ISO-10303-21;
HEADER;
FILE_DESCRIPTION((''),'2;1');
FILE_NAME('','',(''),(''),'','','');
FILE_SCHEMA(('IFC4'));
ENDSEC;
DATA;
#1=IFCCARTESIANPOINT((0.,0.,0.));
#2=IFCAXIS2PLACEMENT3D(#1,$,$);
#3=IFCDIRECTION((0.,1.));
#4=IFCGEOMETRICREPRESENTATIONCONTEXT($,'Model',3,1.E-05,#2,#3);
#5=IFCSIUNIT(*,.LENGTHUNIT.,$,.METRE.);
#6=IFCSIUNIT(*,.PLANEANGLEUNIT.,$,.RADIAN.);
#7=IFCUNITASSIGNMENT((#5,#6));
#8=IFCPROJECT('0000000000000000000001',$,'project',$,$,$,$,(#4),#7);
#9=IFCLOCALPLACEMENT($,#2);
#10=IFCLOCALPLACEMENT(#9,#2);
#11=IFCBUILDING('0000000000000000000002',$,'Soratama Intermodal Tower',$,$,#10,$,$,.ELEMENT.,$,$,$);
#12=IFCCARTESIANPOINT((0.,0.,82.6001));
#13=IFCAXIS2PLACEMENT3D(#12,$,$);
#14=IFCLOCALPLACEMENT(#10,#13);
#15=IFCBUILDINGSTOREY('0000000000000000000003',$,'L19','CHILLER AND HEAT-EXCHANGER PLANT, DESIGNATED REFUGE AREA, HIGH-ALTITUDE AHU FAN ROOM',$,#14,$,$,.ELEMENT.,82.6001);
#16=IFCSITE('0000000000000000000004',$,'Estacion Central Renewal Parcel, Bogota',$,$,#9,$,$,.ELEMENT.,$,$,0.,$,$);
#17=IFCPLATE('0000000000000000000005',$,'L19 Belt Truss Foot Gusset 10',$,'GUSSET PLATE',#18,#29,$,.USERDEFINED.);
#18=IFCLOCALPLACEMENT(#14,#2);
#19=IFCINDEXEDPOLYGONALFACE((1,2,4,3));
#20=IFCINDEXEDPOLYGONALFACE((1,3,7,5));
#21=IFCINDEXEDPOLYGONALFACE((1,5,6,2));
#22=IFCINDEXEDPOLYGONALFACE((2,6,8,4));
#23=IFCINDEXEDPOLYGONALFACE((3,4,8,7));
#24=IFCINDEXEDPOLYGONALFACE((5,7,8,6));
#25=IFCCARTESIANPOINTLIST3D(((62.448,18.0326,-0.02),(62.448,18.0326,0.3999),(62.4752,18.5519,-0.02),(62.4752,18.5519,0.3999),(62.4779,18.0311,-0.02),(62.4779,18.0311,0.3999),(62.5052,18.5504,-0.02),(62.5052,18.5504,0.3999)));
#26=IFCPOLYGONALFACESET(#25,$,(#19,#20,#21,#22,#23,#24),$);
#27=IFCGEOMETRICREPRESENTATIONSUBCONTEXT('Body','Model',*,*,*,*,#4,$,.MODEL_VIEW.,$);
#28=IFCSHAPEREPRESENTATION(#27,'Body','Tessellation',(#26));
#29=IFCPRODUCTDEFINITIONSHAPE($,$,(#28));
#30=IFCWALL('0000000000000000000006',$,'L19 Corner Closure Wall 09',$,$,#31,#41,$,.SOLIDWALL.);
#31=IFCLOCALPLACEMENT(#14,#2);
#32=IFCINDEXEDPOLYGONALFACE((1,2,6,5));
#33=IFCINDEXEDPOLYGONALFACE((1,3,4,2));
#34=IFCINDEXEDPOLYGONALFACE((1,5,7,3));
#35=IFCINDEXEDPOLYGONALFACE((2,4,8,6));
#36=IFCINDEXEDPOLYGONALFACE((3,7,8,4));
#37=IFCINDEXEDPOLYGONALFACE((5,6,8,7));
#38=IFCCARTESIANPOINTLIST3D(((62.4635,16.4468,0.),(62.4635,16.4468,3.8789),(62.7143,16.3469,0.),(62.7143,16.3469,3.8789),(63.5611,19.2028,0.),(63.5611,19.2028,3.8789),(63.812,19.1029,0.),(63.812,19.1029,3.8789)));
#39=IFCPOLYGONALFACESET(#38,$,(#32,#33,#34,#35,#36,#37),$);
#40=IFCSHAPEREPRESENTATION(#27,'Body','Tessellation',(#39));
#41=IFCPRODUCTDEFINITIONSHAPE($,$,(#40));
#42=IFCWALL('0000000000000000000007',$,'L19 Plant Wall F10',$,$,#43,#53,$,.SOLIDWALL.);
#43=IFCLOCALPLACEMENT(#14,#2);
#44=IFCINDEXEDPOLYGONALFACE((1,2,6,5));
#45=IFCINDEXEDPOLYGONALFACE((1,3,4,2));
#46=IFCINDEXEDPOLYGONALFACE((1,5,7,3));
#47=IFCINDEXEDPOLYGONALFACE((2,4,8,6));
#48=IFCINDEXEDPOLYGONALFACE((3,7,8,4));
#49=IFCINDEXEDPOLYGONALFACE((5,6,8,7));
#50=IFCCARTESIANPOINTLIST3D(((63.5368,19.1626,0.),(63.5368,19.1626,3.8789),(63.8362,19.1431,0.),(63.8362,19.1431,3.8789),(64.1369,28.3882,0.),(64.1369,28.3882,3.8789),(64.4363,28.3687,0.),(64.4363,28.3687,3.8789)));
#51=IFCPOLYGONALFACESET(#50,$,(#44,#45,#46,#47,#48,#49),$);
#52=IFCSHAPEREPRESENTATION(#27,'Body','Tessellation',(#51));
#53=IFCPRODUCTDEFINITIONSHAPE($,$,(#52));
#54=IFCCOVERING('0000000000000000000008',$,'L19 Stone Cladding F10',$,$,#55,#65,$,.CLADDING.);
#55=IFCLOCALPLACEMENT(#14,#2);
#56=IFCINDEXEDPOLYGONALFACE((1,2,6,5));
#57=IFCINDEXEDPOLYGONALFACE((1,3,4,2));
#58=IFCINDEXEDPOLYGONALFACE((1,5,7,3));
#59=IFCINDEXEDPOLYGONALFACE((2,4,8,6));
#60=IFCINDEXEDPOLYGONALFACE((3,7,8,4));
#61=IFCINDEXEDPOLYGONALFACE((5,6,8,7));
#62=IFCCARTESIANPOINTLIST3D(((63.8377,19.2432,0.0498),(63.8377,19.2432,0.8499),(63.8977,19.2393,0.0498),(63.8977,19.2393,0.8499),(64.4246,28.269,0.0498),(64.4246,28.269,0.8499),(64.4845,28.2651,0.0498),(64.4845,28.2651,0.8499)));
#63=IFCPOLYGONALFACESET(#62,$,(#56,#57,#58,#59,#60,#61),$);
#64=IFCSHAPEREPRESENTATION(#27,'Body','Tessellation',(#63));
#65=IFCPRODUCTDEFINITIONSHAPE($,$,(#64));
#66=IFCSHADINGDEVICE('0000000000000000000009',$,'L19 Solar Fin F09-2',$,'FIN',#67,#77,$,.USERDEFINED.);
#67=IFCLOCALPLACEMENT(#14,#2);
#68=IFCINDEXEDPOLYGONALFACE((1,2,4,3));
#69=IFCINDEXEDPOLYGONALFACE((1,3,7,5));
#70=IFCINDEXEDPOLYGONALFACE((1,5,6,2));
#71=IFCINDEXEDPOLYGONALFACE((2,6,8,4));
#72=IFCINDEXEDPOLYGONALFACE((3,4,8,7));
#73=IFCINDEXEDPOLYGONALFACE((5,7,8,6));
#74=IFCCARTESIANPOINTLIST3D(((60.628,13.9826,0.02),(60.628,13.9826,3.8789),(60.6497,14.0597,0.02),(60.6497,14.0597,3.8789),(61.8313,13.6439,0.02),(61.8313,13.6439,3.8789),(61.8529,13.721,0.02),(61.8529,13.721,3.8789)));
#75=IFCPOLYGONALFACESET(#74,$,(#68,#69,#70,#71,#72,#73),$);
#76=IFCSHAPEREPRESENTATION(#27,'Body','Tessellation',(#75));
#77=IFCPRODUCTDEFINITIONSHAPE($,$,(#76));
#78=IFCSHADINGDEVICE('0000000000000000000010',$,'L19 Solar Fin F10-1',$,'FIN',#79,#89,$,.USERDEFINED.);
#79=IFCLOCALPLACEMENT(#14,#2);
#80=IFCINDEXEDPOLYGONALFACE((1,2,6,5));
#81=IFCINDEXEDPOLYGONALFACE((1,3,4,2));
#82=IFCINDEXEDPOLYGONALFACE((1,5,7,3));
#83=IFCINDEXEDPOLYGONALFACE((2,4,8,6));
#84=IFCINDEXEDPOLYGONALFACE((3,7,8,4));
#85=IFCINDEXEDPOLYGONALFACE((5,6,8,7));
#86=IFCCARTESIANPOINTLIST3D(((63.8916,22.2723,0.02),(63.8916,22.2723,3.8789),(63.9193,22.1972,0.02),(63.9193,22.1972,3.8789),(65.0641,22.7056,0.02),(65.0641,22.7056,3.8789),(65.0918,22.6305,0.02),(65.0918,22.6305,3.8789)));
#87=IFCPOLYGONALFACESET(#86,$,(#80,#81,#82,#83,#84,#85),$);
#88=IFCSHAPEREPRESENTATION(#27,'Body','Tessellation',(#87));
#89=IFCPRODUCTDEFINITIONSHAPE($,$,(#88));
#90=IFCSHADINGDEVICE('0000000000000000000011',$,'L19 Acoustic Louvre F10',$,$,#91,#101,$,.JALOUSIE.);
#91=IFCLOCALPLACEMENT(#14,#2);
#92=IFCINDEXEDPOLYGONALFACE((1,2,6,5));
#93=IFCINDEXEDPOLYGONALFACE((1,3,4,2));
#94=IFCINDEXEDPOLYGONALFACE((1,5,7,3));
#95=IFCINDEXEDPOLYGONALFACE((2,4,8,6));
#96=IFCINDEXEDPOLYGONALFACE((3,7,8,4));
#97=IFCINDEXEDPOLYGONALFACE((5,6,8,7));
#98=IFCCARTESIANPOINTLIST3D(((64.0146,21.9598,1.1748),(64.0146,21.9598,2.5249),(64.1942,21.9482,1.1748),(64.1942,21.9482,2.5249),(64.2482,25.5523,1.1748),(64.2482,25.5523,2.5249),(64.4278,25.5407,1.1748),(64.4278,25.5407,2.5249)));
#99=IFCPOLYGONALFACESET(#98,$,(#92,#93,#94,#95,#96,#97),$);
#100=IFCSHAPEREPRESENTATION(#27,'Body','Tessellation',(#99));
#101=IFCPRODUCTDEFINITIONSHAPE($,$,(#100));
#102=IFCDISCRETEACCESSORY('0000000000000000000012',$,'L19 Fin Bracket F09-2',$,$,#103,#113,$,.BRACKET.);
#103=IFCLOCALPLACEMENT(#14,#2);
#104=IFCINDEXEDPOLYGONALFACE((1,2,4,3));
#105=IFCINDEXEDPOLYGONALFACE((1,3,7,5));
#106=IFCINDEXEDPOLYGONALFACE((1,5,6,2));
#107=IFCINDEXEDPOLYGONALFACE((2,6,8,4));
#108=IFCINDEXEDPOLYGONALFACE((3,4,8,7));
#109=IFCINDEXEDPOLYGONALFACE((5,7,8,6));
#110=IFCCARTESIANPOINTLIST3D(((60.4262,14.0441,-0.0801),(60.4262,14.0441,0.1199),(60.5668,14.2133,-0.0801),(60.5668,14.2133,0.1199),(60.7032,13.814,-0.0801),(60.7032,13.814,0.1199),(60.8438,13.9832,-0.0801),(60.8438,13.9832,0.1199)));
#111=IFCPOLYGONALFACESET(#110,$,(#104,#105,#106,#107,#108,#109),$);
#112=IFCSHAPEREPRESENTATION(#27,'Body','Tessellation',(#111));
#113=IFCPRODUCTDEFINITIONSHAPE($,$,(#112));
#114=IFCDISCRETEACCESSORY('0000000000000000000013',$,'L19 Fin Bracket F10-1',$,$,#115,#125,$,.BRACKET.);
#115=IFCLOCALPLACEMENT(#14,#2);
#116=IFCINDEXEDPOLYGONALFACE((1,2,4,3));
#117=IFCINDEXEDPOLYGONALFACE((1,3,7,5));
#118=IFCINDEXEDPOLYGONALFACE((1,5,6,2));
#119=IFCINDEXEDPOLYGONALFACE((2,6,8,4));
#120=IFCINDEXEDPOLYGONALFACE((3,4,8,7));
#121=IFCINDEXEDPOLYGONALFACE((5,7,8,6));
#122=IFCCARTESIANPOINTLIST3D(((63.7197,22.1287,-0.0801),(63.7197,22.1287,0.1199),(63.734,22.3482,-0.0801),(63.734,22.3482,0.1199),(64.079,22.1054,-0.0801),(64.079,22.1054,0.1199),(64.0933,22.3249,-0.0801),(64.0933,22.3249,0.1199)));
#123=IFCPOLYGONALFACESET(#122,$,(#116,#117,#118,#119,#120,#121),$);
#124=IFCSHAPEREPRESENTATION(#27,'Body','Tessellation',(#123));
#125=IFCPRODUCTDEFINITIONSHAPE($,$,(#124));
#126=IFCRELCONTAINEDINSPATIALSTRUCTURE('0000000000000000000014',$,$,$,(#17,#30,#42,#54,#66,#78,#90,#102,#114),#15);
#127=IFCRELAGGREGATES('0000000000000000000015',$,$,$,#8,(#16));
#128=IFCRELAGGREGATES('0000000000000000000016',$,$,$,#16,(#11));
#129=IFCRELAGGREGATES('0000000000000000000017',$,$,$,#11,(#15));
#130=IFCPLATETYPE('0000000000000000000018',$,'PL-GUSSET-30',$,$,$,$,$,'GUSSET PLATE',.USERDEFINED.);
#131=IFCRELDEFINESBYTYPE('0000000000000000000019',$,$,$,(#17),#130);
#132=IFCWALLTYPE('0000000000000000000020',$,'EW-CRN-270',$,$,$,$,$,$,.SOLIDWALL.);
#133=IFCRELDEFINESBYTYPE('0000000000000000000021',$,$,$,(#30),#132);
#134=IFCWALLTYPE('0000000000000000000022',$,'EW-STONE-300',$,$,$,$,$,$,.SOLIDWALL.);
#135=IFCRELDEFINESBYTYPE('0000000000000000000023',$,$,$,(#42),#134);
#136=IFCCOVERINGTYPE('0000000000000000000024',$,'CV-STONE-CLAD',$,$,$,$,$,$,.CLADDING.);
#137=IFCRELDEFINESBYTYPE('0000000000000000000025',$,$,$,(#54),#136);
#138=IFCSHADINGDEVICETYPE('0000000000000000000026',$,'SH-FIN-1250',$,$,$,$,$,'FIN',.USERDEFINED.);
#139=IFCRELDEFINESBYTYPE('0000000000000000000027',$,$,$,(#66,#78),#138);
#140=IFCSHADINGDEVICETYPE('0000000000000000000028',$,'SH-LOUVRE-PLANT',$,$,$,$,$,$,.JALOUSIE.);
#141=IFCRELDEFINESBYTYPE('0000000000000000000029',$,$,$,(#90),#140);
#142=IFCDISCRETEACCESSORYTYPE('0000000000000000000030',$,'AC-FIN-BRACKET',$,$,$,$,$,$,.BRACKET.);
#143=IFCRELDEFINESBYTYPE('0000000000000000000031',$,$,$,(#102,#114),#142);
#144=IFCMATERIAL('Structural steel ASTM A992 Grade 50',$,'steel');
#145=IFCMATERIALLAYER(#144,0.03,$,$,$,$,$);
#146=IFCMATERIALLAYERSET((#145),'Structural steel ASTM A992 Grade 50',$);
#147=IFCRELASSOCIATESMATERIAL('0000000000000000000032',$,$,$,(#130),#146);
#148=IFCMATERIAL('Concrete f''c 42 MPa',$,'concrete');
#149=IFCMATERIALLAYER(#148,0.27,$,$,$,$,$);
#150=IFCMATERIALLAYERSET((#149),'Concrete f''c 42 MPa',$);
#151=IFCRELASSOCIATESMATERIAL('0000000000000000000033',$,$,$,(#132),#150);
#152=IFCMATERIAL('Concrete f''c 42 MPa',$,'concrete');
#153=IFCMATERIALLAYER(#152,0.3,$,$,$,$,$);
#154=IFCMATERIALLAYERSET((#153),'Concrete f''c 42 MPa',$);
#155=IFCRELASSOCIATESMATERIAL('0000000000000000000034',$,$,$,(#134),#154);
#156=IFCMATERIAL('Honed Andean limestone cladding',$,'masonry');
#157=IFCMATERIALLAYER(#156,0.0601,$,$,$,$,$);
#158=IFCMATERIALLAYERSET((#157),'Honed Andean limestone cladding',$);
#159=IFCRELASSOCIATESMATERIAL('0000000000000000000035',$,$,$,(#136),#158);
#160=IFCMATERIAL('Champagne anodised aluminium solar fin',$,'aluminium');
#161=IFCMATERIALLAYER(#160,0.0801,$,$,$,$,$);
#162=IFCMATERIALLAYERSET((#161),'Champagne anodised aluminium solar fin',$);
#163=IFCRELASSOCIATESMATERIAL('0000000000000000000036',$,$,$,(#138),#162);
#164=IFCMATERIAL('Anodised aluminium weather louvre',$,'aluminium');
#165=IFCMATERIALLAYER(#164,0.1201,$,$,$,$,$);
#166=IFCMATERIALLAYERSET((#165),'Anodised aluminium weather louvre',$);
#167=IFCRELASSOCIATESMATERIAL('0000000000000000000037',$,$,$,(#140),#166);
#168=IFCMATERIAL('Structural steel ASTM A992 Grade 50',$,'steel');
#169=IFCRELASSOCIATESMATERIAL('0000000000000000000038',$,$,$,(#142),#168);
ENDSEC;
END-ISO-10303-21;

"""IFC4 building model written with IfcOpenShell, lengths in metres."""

from ifc_helpers import new_model, si_unit, direction, frame, frame_2d, origin, origin_2d, place, context, subcontext, project, spatial, rectangle, extrude, material, layer, layer_set, type_object, element, save


model = new_model("IFC4")

# Units and contexts
model_context = context("Model", 3, precision=1e-05, world=origin(), true_north=direction((0.0, 1.0)))
body_context = subcontext(model_context, "Body", "Model", "MODEL_VIEW")
ifc_project = project(units=[si_unit("LENGTHUNIT", "METRE"), si_unit("PLANEANGLEUNIT", "RADIAN")], contexts=[model_context])

# Site, building, storey
site_placement = place(None, origin())
site = spatial("IfcSite", under=ifc_project, at=site_placement, Name="Estacion Central Renewal Parcel, Bogota", CompositionType="ELEMENT", RefElevation=0.0)
building_placement = place(site_placement, origin())
building = spatial("IfcBuilding", under=site, at=building_placement, Name="Soratama Intermodal Tower", CompositionType="ELEMENT")
storey_placement = place(building_placement, frame((0.0, 0.0, 82.6001)))
storey = spatial("IfcBuildingStorey", under=building, at=storey_placement, Name="L19", Description="CHILLER AND HEAT-EXCHANGER PLANT, DESIGNATED REFUGE AREA, HIGH-ALTITUDE AHU FAN ROOM", CompositionType="ELEMENT", Elevation=82.6001)

# Plate
ifc_material_1 = material(Name="Structural steel ASTM A992 Grade 50", Category="steel")
ifc_layer_1 = layer(ifc_material_1, 0.03)
ifc_layer_set_1 = layer_set([ifc_layer_1], Name="Structural steel ASTM A992 Grade 50")
plate_type = type_object("IfcPlateType", Name="PL-GUSSET-30", ElementType="GUSSET PLATE", PredefinedType="USERDEFINED", material=ifc_layer_set_1)
plate_placement = place(storey_placement, frame((62.4766, 18.2915, -0.02), z_axis=(0.0, 0.0, 1.0), x_axis=(0.052336, 0.99863, 0.0)))
element("IfcPlate", 1, at=plate_placement, inside=storey, type_object=plate_type, Name="L19 Belt Truss Foot Gusset 10", ObjectType="GUSSET PLATE", PredefinedType="USERDEFINED", context=body_context, shape_type="SweptSolid", body=[
    extrude(rectangle(XDim=0.52, YDim=0.03, at=origin_2d()), origin(), (0.0, 0.0, 1.0), 0.4199),
])

# Walls
ifc_material_2 = material(Name="Concrete f'c 42 MPa", Category="concrete")
ifc_layer_2 = layer(ifc_material_2, 0.27)
ifc_layer_set_2 = layer_set([ifc_layer_2], Name="Concrete f'c 42 MPa")
wall_type_1 = type_object("IfcWallType", Name="EW-CRN-270", PredefinedType="SOLIDWALL", material=ifc_layer_set_2)
wall_1_placement = place(storey_placement, frame((62.5889, 16.3967, 0.0), z_axis=(0.0, 0.0, 1.0), x_axis=(0.37, 0.929032, 0.0)))
element("IfcWall", 2, at=wall_1_placement, inside=storey, type_object=wall_type_1, Name="L19 Corner Closure Wall 09", PredefinedType="SOLIDWALL", context=body_context, shape_type="SweptSolid", body=[
    extrude(rectangle(XDim=2.9666, YDim=0.27, at=frame_2d((1.4834, 0.0))), origin(), (0.0, 0.0, 1.0), 3.8789),
])
ifc_material_3 = material(Name="Concrete f'c 42 MPa", Category="concrete")
ifc_layer_3 = layer(ifc_material_3, 0.3)
ifc_layer_set_3 = layer_set([ifc_layer_3], Name="Concrete f'c 42 MPa")
wall_type_2 = type_object("IfcWallType", Name="EW-STONE-300", PredefinedType="SOLIDWALL", material=ifc_layer_set_3)
wall_2_placement = place(storey_placement, frame((63.6865, 19.1528, 0.0), z_axis=(0.0, 0.0, 1.0), x_axis=(0.06491, 0.997891, 0.0)))
element("IfcWall", 3, at=wall_2_placement, inside=storey, type_object=wall_type_2, Name="L19 Plant Wall F10", PredefinedType="SOLIDWALL", context=body_context, shape_type="SweptSolid", body=[
    extrude(rectangle(XDim=9.2451, YDim=0.3, at=frame_2d((4.6226, 0.0))), origin(), (0.0, 0.0, 1.0), 3.8789),
])

# Covering
ifc_material_4 = material(Name="Honed Andean limestone cladding", Category="masonry")
ifc_layer_4 = layer(ifc_material_4, 0.0601)
ifc_layer_set_4 = layer_set([ifc_layer_4], Name="Honed Andean limestone cladding")
covering_type = type_object("IfcCoveringType", Name="CV-STONE-CLAD", PredefinedType="CLADDING", material=ifc_layer_set_4)
covering_placement = place(storey_placement, frame((64.1611, 23.7542, 0.0498), z_axis=(0.0, 0.0, 1.0), x_axis=(0.064881, 0.997893, 0.0)))
element("IfcCovering", 4, at=covering_placement, inside=storey, type_object=covering_type, Name="L19 Stone Cladding F10", PredefinedType="CLADDING", context=body_context, shape_type="SweptSolid", body=[
    extrude(rectangle(XDim=9.0449, YDim=0.0601, at=origin_2d()), origin(), (0.0, 0.0, 1.0), 0.8),
])

# Shading devices
ifc_material_5 = material(Name="Champagne anodised aluminium solar fin", Category="aluminium")
ifc_layer_5 = layer(ifc_material_5, 0.0801)
ifc_layer_set_5 = layer_set([ifc_layer_5], Name="Champagne anodised aluminium solar fin")
shading_device_type_1 = type_object("IfcShadingDeviceType", Name="SH-FIN-1250", ElementType="FIN", PredefinedType="USERDEFINED", material=ifc_layer_set_5)
for number, where, z_axis, x_axis, name in (
    (5, (61.2405, 13.8518, 0.02), (0.0, 0.0, 1.0), (0.962597, -0.270936, 0.0), "L19 Solar Fin F09-2"),
    (6, (64.4917, 22.4514, 0.02), (0.0, 0.0, 1.0), (0.93801, 0.346608, 0.0), "L19 Solar Fin F10-1"),
):
    element("IfcShadingDevice", number, at=place(storey_placement, frame(where, z_axis=z_axis, x_axis=x_axis)), inside=storey, type_object=shading_device_type_1, Name=name, ObjectType="FIN", PredefinedType="USERDEFINED", context=body_context, shape_type="SweptSolid", body=[
        extrude(rectangle(XDim=1.25, YDim=0.0801, at=origin_2d()), origin(), (0.0, 0.0, 1.0), 3.8589),
    ])
ifc_material_6 = material(Name="Anodised aluminium weather louvre", Category="aluminium")
ifc_layer_6 = layer(ifc_material_6, 0.1201)
ifc_layer_set_6 = layer_set([ifc_layer_6], Name="Anodised aluminium weather louvre")
shading_device_type_2 = type_object("IfcShadingDeviceType", Name="SH-LOUVRE-PLANT", PredefinedType="JALOUSIE", material=ifc_layer_set_6)
shading_device_placement = place(storey_placement, frame((64.2212, 23.7502, 1.1748), z_axis=(0.0, 0.0, 1.0), x_axis=(0.064881, 0.997893, 0.0)))
element("IfcShadingDevice", 7, at=shading_device_placement, inside=storey, type_object=shading_device_type_2, Name="L19 Acoustic Louvre F10", PredefinedType="JALOUSIE", context=body_context, shape_type="SweptSolid", body=[
    extrude(rectangle(XDim=3.6001, YDim=0.1799, at=origin_2d()), origin(), (0.0, 0.0, 1.0), 1.3501),
])

# Discrete accessories
ifc_material_7 = material(Name="Structural steel ASTM A992 Grade 50", Category="steel")
discrete_accessory_type = type_object("IfcDiscreteAccessoryType", Name="AC-FIN-BRACKET", PredefinedType="BRACKET", material=ifc_material_7)
for number, where, z_axis, x_axis, name in (
    (8, (60.635, 14.0137, -0.0801), (0.0, 0.0, 1.0), (0.769177, -0.639036, 0.0), "L19 Fin Bracket F09-2"),
    (9, (63.9065, 22.2268, -0.0801), (0.0, 0.0, 1.0), (0.997893, -0.064881, 0.0), "L19 Fin Bracket F10-1"),
):
    element("IfcDiscreteAccessory", number, at=place(storey_placement, frame(where, z_axis=z_axis, x_axis=x_axis)), inside=storey, type_object=discrete_accessory_type, Name=name, PredefinedType="BRACKET", context=body_context, shape_type="SweptSolid", body=[
        extrude(rectangle(XDim=0.3601, YDim=0.22, at=origin_2d()), origin(), (0.0, 0.0, 1.0), 0.2),
    ])

save(model, "model.ifc")
